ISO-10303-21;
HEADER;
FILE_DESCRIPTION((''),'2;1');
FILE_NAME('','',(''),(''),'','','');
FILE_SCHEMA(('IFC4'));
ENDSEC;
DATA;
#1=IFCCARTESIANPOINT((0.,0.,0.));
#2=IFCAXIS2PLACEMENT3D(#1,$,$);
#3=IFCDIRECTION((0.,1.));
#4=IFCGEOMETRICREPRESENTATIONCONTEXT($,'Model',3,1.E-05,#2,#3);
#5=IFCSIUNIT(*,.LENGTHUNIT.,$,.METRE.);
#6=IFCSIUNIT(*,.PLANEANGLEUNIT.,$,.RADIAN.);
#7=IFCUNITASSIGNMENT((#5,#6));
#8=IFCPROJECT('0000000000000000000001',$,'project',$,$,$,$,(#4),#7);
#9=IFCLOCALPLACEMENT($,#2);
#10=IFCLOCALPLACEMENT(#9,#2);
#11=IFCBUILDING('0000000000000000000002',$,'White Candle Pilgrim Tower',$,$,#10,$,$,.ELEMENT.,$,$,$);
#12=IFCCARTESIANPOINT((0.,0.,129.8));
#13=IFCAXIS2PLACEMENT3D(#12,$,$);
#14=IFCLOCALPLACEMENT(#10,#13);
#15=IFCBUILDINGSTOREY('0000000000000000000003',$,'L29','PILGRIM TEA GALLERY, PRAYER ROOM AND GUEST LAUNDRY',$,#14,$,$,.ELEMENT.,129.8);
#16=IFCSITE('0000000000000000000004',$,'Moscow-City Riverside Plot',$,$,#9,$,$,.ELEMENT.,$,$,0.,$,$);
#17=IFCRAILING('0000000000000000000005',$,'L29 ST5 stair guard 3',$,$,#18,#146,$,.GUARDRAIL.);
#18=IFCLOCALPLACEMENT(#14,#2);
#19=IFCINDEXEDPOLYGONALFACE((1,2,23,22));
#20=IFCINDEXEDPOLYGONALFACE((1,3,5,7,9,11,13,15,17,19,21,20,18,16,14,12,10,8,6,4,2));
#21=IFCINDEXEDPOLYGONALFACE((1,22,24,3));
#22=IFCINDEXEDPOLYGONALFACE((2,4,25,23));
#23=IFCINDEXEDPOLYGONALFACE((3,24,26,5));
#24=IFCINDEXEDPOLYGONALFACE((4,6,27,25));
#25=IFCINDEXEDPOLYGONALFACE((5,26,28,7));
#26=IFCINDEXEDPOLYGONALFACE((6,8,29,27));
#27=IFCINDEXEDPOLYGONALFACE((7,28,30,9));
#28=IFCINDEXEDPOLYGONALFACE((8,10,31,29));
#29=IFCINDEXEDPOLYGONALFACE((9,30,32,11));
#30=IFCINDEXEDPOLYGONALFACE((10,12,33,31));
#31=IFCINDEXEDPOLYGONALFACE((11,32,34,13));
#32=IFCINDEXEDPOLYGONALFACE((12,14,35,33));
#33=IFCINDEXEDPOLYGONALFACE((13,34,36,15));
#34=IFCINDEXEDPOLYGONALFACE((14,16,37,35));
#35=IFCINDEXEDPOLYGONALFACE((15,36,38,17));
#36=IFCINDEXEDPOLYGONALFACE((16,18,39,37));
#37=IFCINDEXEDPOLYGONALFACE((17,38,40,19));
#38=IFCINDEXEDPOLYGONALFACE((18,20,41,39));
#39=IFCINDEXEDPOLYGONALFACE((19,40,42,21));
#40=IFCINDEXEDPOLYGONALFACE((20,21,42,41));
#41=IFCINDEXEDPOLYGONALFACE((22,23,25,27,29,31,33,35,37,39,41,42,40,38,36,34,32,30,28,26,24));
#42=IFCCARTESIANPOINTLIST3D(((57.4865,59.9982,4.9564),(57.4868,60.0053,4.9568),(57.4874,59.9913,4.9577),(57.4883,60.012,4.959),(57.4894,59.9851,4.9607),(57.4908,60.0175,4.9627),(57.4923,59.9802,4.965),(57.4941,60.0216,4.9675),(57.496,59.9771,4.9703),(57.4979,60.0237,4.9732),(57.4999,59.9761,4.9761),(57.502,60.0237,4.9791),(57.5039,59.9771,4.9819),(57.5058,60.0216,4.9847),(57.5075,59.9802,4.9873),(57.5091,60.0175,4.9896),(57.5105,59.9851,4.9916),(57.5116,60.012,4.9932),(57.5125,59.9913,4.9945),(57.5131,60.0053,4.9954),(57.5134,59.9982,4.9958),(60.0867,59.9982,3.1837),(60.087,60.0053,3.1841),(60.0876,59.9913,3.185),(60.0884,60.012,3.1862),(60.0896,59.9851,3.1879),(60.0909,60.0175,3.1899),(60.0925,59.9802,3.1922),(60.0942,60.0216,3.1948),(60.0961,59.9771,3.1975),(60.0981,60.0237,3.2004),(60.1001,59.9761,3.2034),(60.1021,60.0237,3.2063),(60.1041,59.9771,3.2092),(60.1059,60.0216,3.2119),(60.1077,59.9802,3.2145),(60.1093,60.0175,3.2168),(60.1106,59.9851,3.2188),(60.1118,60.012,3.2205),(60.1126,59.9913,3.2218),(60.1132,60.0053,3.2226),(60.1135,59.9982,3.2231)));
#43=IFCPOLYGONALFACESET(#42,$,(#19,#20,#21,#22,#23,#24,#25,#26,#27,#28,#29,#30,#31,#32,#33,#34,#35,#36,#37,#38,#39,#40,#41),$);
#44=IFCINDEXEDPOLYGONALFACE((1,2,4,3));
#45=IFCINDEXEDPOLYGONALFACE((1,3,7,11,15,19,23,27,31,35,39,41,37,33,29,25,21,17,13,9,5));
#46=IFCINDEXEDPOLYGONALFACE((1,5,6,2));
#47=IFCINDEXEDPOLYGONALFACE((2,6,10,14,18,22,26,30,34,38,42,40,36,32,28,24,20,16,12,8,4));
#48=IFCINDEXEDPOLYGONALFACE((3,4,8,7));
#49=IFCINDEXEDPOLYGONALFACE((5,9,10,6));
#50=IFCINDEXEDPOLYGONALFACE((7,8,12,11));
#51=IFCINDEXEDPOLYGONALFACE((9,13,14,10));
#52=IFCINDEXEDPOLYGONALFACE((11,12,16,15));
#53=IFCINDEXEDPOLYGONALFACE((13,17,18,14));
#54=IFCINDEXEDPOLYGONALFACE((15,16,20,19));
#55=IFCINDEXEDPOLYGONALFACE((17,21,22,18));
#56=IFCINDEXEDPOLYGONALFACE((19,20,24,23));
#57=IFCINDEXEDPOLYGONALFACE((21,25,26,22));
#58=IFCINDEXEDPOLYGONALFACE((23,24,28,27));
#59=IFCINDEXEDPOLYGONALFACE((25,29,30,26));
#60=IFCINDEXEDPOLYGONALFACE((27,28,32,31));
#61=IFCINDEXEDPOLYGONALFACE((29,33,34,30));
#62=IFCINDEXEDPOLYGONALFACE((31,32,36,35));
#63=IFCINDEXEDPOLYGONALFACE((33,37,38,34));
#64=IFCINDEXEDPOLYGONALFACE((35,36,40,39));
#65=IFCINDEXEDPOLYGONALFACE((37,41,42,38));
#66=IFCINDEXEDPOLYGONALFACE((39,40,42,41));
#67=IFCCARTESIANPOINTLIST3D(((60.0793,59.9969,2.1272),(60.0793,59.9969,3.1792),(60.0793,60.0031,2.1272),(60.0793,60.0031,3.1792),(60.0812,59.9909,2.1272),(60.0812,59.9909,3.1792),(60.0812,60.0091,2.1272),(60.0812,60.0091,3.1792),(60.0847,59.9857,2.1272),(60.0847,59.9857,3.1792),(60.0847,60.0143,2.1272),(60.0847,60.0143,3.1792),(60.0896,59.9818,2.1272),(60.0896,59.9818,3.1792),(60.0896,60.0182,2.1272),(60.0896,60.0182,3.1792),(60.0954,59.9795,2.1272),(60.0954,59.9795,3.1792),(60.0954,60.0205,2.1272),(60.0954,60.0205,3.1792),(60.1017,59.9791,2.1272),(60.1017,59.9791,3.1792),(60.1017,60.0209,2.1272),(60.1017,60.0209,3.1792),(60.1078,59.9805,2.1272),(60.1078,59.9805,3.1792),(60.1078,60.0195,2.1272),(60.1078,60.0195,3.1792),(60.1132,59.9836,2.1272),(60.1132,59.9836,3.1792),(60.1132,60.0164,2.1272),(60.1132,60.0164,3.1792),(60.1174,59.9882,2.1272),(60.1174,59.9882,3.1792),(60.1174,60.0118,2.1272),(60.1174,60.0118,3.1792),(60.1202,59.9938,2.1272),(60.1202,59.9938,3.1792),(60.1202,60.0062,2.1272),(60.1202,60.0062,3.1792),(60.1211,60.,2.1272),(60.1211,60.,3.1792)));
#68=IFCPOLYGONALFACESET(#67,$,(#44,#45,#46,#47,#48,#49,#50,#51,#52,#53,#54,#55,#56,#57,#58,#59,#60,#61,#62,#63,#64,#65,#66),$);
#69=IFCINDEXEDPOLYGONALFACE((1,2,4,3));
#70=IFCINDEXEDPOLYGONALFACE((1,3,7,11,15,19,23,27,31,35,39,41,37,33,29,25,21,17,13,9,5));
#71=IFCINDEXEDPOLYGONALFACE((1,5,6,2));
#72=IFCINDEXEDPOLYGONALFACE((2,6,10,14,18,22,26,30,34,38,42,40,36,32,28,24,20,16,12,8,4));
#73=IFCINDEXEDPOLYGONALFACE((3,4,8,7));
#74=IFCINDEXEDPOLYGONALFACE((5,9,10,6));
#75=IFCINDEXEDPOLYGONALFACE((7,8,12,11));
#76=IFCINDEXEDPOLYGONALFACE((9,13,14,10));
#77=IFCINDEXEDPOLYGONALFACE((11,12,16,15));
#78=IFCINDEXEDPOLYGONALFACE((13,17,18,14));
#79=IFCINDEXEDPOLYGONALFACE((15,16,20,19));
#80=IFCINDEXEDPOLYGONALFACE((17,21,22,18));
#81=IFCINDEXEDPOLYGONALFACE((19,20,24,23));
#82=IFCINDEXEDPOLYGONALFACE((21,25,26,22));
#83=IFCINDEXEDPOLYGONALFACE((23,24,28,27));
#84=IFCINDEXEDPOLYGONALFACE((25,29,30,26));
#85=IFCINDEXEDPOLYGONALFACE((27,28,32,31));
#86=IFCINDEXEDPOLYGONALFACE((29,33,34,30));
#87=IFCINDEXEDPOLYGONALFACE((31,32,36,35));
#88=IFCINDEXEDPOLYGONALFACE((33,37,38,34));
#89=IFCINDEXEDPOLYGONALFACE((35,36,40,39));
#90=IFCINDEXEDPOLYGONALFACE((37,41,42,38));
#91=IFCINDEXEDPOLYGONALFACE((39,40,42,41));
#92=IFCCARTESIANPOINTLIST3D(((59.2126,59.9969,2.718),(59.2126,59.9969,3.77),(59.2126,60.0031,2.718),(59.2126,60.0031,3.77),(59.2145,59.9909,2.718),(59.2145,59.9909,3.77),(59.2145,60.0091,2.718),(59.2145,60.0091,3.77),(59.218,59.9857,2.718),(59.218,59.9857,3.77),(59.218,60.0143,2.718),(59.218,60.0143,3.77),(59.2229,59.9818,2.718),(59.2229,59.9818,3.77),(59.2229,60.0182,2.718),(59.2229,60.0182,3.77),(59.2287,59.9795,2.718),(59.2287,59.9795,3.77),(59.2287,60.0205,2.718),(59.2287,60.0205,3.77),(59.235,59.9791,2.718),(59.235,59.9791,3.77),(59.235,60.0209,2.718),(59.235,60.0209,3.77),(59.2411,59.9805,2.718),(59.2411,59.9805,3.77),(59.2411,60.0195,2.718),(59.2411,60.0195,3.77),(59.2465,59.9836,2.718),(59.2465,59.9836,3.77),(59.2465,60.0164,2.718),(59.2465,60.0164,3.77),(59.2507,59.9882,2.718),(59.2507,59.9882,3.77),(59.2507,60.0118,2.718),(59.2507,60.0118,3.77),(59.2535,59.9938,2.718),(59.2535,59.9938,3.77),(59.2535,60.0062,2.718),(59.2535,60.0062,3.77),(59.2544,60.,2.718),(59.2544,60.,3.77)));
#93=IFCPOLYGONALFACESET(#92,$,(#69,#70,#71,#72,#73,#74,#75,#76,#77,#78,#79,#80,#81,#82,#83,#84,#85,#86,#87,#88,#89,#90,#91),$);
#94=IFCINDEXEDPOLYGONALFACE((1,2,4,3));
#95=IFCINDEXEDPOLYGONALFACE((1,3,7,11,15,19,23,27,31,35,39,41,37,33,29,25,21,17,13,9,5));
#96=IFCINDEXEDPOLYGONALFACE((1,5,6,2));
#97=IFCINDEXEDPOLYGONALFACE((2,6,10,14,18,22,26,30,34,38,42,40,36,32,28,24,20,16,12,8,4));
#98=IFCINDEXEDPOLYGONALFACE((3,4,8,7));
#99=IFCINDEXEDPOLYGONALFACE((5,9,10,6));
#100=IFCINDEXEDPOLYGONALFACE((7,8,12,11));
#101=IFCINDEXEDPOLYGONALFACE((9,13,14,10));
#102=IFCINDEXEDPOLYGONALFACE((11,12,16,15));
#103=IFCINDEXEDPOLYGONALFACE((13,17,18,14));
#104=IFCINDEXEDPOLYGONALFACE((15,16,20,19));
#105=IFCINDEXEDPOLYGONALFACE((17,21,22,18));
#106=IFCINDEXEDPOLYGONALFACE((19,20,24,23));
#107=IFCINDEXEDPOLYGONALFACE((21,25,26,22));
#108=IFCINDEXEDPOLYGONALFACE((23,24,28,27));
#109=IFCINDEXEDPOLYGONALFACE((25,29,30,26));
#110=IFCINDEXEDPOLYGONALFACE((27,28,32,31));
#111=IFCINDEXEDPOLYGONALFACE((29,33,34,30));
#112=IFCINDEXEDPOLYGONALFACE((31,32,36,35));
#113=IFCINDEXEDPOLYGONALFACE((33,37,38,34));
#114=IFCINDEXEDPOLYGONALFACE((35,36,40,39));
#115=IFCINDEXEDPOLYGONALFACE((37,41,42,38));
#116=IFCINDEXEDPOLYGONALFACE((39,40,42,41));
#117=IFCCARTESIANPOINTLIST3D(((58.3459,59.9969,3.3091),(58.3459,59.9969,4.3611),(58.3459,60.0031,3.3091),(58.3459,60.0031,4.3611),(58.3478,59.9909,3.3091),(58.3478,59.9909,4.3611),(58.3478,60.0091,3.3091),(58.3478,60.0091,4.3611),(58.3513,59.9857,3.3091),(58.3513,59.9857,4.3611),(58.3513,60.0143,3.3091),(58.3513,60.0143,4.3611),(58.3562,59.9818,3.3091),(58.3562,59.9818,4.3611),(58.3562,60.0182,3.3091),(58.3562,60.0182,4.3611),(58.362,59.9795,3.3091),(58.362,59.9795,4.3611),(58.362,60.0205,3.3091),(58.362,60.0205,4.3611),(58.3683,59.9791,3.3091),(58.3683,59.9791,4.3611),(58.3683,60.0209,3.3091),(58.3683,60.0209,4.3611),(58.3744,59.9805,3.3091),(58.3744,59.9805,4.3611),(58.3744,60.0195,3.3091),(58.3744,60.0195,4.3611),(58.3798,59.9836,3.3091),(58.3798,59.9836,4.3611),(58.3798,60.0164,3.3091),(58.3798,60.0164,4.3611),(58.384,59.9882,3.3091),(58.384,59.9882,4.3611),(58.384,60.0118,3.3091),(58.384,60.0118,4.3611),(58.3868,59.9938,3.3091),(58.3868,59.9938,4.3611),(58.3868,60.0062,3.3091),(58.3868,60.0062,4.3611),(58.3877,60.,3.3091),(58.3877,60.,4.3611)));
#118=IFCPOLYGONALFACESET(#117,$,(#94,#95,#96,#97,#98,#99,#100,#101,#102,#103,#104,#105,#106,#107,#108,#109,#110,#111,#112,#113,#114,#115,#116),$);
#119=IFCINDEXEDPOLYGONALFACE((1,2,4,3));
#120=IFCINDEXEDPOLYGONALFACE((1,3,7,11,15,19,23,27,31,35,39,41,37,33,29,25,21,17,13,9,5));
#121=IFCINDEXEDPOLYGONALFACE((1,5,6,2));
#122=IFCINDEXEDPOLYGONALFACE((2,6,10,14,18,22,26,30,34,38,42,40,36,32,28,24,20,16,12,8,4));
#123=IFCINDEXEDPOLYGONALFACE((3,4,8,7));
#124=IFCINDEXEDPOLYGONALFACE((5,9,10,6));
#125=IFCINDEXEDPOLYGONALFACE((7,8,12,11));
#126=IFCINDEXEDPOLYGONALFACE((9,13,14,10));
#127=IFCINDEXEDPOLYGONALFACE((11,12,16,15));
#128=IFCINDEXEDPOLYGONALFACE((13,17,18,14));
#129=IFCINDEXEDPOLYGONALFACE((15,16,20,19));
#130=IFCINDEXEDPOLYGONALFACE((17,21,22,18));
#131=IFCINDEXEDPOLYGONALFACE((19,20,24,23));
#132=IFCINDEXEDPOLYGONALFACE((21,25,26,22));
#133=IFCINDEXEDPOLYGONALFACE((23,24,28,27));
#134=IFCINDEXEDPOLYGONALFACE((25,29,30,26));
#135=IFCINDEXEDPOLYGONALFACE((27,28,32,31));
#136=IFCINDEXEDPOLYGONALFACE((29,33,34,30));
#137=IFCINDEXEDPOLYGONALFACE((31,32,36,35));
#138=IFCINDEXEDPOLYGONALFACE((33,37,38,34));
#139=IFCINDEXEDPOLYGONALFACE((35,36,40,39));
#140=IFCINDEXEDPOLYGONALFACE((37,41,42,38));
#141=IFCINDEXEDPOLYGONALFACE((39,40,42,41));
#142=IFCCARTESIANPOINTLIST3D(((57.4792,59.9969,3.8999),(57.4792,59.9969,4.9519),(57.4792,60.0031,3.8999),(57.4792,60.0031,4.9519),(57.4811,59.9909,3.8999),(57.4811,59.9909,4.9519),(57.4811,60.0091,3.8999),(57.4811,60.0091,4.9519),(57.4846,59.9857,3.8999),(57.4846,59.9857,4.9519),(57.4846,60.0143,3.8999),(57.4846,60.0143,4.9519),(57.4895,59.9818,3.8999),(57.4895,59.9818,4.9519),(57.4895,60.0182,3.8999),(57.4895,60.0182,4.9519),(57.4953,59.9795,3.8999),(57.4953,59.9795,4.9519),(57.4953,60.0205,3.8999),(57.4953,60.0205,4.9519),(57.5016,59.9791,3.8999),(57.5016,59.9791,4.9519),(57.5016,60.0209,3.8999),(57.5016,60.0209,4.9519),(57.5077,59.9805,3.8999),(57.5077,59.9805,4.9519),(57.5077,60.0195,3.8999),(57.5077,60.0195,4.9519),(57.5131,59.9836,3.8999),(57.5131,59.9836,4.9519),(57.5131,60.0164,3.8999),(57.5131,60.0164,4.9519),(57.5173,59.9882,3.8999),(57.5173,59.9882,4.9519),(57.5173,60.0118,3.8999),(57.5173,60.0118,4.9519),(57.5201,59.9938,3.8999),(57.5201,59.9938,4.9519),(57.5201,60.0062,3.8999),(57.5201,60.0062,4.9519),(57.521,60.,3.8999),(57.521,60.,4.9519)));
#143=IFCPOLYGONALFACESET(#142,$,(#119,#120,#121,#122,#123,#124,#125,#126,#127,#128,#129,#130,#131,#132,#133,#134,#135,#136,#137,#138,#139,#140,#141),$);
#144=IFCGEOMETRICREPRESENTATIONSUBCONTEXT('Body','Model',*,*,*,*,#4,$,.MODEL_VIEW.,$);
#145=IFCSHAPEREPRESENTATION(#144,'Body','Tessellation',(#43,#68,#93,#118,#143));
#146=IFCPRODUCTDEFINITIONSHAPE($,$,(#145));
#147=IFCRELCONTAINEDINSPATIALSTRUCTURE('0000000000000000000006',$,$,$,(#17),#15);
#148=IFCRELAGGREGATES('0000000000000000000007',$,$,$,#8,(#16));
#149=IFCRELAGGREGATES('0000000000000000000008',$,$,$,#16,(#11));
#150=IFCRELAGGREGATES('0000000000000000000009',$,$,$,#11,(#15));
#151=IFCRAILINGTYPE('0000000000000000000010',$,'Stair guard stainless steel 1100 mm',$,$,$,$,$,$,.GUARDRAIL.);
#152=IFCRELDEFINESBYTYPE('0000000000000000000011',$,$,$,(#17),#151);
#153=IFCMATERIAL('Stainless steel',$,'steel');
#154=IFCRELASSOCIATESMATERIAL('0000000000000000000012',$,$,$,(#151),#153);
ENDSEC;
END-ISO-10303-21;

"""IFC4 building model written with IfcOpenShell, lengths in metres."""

from ifc_helpers import new_model, si_unit, direction, frame, origin, origin_2d, place, context, subcontext, project, spatial, circle, extrude, material, type_object, element, save


model = new_model("IFC4")

# Units and contexts
model_context = context("Model", 3, precision=1e-05, world=origin(), true_north=direction((0.0, 1.0)))
body_context = subcontext(model_context, "Body", "Model", "MODEL_VIEW")
ifc_project = project(units=[si_unit("LENGTHUNIT", "METRE"), si_unit("PLANEANGLEUNIT", "RADIAN")], contexts=[model_context])

# Site, building, storey
site_placement = place(None, origin())
site = spatial("IfcSite", under=ifc_project, at=site_placement, Name="Moscow-City Riverside Plot", CompositionType="ELEMENT", RefElevation=0.0)
building_placement = place(site_placement, origin())
building = spatial("IfcBuilding", under=site, at=building_placement, Name="White Candle Pilgrim Tower", CompositionType="ELEMENT")
storey_placement = place(building_placement, frame((0.0, 0.0, 129.8)))
storey = spatial("IfcBuildingStorey", under=building, at=storey_placement, Name="L29", Description="PILGRIM TEA GALLERY, PRAYER ROOM AND GUEST LAUNDRY", CompositionType="ELEMENT", Elevation=129.8)

# Railing
ifc_material_1 = material(Name="Stainless steel", Category="steel")
railing_type_1 = type_object("IfcRailingType", Name="Stair guard stainless steel 1100 mm", PredefinedType="GUARDRAIL", material=ifc_material_1)
railing_1_placement = place(storey_placement, frame((60.1001, 60.0, 2.1272)))
element("IfcRailing", 1, at=railing_1_placement, inside=storey, type_object=railing_type_1, Name="L29 ST5 stair guard 3", PredefinedType="GUARDRAIL", context=body_context, shape_type="SweptSolid", body=[
    extrude(circle(Radius=0.0239, at=origin_2d()), frame((0.0, 0.0, 1.0762), z_axis=(-0.82624, 0.0, 0.563318), x_axis=(0.0, -1.0, 0.0)), (0.0, 0.0, 1.0), 3.147),
    extrude(circle(Radius=0.021, at=origin_2d()), origin(), (0.0, 0.0, 1.0), 1.052),
    extrude(circle(Radius=0.021, at=origin_2d()), frame((-0.8667, 0.0, 0.5908)), (0.0, 0.0, 1.0), 1.052),
    extrude(circle(Radius=0.021, at=origin_2d()), frame((-1.7334, 0.0, 1.1819)), (0.0, 0.0, 1.0), 1.052),
    extrude(circle(Radius=0.021, at=origin_2d()), frame((-2.6001, 0.0, 1.7727)), (0.0, 0.0, 1.0), 1.052),
])

save(model, "model.ifc")
